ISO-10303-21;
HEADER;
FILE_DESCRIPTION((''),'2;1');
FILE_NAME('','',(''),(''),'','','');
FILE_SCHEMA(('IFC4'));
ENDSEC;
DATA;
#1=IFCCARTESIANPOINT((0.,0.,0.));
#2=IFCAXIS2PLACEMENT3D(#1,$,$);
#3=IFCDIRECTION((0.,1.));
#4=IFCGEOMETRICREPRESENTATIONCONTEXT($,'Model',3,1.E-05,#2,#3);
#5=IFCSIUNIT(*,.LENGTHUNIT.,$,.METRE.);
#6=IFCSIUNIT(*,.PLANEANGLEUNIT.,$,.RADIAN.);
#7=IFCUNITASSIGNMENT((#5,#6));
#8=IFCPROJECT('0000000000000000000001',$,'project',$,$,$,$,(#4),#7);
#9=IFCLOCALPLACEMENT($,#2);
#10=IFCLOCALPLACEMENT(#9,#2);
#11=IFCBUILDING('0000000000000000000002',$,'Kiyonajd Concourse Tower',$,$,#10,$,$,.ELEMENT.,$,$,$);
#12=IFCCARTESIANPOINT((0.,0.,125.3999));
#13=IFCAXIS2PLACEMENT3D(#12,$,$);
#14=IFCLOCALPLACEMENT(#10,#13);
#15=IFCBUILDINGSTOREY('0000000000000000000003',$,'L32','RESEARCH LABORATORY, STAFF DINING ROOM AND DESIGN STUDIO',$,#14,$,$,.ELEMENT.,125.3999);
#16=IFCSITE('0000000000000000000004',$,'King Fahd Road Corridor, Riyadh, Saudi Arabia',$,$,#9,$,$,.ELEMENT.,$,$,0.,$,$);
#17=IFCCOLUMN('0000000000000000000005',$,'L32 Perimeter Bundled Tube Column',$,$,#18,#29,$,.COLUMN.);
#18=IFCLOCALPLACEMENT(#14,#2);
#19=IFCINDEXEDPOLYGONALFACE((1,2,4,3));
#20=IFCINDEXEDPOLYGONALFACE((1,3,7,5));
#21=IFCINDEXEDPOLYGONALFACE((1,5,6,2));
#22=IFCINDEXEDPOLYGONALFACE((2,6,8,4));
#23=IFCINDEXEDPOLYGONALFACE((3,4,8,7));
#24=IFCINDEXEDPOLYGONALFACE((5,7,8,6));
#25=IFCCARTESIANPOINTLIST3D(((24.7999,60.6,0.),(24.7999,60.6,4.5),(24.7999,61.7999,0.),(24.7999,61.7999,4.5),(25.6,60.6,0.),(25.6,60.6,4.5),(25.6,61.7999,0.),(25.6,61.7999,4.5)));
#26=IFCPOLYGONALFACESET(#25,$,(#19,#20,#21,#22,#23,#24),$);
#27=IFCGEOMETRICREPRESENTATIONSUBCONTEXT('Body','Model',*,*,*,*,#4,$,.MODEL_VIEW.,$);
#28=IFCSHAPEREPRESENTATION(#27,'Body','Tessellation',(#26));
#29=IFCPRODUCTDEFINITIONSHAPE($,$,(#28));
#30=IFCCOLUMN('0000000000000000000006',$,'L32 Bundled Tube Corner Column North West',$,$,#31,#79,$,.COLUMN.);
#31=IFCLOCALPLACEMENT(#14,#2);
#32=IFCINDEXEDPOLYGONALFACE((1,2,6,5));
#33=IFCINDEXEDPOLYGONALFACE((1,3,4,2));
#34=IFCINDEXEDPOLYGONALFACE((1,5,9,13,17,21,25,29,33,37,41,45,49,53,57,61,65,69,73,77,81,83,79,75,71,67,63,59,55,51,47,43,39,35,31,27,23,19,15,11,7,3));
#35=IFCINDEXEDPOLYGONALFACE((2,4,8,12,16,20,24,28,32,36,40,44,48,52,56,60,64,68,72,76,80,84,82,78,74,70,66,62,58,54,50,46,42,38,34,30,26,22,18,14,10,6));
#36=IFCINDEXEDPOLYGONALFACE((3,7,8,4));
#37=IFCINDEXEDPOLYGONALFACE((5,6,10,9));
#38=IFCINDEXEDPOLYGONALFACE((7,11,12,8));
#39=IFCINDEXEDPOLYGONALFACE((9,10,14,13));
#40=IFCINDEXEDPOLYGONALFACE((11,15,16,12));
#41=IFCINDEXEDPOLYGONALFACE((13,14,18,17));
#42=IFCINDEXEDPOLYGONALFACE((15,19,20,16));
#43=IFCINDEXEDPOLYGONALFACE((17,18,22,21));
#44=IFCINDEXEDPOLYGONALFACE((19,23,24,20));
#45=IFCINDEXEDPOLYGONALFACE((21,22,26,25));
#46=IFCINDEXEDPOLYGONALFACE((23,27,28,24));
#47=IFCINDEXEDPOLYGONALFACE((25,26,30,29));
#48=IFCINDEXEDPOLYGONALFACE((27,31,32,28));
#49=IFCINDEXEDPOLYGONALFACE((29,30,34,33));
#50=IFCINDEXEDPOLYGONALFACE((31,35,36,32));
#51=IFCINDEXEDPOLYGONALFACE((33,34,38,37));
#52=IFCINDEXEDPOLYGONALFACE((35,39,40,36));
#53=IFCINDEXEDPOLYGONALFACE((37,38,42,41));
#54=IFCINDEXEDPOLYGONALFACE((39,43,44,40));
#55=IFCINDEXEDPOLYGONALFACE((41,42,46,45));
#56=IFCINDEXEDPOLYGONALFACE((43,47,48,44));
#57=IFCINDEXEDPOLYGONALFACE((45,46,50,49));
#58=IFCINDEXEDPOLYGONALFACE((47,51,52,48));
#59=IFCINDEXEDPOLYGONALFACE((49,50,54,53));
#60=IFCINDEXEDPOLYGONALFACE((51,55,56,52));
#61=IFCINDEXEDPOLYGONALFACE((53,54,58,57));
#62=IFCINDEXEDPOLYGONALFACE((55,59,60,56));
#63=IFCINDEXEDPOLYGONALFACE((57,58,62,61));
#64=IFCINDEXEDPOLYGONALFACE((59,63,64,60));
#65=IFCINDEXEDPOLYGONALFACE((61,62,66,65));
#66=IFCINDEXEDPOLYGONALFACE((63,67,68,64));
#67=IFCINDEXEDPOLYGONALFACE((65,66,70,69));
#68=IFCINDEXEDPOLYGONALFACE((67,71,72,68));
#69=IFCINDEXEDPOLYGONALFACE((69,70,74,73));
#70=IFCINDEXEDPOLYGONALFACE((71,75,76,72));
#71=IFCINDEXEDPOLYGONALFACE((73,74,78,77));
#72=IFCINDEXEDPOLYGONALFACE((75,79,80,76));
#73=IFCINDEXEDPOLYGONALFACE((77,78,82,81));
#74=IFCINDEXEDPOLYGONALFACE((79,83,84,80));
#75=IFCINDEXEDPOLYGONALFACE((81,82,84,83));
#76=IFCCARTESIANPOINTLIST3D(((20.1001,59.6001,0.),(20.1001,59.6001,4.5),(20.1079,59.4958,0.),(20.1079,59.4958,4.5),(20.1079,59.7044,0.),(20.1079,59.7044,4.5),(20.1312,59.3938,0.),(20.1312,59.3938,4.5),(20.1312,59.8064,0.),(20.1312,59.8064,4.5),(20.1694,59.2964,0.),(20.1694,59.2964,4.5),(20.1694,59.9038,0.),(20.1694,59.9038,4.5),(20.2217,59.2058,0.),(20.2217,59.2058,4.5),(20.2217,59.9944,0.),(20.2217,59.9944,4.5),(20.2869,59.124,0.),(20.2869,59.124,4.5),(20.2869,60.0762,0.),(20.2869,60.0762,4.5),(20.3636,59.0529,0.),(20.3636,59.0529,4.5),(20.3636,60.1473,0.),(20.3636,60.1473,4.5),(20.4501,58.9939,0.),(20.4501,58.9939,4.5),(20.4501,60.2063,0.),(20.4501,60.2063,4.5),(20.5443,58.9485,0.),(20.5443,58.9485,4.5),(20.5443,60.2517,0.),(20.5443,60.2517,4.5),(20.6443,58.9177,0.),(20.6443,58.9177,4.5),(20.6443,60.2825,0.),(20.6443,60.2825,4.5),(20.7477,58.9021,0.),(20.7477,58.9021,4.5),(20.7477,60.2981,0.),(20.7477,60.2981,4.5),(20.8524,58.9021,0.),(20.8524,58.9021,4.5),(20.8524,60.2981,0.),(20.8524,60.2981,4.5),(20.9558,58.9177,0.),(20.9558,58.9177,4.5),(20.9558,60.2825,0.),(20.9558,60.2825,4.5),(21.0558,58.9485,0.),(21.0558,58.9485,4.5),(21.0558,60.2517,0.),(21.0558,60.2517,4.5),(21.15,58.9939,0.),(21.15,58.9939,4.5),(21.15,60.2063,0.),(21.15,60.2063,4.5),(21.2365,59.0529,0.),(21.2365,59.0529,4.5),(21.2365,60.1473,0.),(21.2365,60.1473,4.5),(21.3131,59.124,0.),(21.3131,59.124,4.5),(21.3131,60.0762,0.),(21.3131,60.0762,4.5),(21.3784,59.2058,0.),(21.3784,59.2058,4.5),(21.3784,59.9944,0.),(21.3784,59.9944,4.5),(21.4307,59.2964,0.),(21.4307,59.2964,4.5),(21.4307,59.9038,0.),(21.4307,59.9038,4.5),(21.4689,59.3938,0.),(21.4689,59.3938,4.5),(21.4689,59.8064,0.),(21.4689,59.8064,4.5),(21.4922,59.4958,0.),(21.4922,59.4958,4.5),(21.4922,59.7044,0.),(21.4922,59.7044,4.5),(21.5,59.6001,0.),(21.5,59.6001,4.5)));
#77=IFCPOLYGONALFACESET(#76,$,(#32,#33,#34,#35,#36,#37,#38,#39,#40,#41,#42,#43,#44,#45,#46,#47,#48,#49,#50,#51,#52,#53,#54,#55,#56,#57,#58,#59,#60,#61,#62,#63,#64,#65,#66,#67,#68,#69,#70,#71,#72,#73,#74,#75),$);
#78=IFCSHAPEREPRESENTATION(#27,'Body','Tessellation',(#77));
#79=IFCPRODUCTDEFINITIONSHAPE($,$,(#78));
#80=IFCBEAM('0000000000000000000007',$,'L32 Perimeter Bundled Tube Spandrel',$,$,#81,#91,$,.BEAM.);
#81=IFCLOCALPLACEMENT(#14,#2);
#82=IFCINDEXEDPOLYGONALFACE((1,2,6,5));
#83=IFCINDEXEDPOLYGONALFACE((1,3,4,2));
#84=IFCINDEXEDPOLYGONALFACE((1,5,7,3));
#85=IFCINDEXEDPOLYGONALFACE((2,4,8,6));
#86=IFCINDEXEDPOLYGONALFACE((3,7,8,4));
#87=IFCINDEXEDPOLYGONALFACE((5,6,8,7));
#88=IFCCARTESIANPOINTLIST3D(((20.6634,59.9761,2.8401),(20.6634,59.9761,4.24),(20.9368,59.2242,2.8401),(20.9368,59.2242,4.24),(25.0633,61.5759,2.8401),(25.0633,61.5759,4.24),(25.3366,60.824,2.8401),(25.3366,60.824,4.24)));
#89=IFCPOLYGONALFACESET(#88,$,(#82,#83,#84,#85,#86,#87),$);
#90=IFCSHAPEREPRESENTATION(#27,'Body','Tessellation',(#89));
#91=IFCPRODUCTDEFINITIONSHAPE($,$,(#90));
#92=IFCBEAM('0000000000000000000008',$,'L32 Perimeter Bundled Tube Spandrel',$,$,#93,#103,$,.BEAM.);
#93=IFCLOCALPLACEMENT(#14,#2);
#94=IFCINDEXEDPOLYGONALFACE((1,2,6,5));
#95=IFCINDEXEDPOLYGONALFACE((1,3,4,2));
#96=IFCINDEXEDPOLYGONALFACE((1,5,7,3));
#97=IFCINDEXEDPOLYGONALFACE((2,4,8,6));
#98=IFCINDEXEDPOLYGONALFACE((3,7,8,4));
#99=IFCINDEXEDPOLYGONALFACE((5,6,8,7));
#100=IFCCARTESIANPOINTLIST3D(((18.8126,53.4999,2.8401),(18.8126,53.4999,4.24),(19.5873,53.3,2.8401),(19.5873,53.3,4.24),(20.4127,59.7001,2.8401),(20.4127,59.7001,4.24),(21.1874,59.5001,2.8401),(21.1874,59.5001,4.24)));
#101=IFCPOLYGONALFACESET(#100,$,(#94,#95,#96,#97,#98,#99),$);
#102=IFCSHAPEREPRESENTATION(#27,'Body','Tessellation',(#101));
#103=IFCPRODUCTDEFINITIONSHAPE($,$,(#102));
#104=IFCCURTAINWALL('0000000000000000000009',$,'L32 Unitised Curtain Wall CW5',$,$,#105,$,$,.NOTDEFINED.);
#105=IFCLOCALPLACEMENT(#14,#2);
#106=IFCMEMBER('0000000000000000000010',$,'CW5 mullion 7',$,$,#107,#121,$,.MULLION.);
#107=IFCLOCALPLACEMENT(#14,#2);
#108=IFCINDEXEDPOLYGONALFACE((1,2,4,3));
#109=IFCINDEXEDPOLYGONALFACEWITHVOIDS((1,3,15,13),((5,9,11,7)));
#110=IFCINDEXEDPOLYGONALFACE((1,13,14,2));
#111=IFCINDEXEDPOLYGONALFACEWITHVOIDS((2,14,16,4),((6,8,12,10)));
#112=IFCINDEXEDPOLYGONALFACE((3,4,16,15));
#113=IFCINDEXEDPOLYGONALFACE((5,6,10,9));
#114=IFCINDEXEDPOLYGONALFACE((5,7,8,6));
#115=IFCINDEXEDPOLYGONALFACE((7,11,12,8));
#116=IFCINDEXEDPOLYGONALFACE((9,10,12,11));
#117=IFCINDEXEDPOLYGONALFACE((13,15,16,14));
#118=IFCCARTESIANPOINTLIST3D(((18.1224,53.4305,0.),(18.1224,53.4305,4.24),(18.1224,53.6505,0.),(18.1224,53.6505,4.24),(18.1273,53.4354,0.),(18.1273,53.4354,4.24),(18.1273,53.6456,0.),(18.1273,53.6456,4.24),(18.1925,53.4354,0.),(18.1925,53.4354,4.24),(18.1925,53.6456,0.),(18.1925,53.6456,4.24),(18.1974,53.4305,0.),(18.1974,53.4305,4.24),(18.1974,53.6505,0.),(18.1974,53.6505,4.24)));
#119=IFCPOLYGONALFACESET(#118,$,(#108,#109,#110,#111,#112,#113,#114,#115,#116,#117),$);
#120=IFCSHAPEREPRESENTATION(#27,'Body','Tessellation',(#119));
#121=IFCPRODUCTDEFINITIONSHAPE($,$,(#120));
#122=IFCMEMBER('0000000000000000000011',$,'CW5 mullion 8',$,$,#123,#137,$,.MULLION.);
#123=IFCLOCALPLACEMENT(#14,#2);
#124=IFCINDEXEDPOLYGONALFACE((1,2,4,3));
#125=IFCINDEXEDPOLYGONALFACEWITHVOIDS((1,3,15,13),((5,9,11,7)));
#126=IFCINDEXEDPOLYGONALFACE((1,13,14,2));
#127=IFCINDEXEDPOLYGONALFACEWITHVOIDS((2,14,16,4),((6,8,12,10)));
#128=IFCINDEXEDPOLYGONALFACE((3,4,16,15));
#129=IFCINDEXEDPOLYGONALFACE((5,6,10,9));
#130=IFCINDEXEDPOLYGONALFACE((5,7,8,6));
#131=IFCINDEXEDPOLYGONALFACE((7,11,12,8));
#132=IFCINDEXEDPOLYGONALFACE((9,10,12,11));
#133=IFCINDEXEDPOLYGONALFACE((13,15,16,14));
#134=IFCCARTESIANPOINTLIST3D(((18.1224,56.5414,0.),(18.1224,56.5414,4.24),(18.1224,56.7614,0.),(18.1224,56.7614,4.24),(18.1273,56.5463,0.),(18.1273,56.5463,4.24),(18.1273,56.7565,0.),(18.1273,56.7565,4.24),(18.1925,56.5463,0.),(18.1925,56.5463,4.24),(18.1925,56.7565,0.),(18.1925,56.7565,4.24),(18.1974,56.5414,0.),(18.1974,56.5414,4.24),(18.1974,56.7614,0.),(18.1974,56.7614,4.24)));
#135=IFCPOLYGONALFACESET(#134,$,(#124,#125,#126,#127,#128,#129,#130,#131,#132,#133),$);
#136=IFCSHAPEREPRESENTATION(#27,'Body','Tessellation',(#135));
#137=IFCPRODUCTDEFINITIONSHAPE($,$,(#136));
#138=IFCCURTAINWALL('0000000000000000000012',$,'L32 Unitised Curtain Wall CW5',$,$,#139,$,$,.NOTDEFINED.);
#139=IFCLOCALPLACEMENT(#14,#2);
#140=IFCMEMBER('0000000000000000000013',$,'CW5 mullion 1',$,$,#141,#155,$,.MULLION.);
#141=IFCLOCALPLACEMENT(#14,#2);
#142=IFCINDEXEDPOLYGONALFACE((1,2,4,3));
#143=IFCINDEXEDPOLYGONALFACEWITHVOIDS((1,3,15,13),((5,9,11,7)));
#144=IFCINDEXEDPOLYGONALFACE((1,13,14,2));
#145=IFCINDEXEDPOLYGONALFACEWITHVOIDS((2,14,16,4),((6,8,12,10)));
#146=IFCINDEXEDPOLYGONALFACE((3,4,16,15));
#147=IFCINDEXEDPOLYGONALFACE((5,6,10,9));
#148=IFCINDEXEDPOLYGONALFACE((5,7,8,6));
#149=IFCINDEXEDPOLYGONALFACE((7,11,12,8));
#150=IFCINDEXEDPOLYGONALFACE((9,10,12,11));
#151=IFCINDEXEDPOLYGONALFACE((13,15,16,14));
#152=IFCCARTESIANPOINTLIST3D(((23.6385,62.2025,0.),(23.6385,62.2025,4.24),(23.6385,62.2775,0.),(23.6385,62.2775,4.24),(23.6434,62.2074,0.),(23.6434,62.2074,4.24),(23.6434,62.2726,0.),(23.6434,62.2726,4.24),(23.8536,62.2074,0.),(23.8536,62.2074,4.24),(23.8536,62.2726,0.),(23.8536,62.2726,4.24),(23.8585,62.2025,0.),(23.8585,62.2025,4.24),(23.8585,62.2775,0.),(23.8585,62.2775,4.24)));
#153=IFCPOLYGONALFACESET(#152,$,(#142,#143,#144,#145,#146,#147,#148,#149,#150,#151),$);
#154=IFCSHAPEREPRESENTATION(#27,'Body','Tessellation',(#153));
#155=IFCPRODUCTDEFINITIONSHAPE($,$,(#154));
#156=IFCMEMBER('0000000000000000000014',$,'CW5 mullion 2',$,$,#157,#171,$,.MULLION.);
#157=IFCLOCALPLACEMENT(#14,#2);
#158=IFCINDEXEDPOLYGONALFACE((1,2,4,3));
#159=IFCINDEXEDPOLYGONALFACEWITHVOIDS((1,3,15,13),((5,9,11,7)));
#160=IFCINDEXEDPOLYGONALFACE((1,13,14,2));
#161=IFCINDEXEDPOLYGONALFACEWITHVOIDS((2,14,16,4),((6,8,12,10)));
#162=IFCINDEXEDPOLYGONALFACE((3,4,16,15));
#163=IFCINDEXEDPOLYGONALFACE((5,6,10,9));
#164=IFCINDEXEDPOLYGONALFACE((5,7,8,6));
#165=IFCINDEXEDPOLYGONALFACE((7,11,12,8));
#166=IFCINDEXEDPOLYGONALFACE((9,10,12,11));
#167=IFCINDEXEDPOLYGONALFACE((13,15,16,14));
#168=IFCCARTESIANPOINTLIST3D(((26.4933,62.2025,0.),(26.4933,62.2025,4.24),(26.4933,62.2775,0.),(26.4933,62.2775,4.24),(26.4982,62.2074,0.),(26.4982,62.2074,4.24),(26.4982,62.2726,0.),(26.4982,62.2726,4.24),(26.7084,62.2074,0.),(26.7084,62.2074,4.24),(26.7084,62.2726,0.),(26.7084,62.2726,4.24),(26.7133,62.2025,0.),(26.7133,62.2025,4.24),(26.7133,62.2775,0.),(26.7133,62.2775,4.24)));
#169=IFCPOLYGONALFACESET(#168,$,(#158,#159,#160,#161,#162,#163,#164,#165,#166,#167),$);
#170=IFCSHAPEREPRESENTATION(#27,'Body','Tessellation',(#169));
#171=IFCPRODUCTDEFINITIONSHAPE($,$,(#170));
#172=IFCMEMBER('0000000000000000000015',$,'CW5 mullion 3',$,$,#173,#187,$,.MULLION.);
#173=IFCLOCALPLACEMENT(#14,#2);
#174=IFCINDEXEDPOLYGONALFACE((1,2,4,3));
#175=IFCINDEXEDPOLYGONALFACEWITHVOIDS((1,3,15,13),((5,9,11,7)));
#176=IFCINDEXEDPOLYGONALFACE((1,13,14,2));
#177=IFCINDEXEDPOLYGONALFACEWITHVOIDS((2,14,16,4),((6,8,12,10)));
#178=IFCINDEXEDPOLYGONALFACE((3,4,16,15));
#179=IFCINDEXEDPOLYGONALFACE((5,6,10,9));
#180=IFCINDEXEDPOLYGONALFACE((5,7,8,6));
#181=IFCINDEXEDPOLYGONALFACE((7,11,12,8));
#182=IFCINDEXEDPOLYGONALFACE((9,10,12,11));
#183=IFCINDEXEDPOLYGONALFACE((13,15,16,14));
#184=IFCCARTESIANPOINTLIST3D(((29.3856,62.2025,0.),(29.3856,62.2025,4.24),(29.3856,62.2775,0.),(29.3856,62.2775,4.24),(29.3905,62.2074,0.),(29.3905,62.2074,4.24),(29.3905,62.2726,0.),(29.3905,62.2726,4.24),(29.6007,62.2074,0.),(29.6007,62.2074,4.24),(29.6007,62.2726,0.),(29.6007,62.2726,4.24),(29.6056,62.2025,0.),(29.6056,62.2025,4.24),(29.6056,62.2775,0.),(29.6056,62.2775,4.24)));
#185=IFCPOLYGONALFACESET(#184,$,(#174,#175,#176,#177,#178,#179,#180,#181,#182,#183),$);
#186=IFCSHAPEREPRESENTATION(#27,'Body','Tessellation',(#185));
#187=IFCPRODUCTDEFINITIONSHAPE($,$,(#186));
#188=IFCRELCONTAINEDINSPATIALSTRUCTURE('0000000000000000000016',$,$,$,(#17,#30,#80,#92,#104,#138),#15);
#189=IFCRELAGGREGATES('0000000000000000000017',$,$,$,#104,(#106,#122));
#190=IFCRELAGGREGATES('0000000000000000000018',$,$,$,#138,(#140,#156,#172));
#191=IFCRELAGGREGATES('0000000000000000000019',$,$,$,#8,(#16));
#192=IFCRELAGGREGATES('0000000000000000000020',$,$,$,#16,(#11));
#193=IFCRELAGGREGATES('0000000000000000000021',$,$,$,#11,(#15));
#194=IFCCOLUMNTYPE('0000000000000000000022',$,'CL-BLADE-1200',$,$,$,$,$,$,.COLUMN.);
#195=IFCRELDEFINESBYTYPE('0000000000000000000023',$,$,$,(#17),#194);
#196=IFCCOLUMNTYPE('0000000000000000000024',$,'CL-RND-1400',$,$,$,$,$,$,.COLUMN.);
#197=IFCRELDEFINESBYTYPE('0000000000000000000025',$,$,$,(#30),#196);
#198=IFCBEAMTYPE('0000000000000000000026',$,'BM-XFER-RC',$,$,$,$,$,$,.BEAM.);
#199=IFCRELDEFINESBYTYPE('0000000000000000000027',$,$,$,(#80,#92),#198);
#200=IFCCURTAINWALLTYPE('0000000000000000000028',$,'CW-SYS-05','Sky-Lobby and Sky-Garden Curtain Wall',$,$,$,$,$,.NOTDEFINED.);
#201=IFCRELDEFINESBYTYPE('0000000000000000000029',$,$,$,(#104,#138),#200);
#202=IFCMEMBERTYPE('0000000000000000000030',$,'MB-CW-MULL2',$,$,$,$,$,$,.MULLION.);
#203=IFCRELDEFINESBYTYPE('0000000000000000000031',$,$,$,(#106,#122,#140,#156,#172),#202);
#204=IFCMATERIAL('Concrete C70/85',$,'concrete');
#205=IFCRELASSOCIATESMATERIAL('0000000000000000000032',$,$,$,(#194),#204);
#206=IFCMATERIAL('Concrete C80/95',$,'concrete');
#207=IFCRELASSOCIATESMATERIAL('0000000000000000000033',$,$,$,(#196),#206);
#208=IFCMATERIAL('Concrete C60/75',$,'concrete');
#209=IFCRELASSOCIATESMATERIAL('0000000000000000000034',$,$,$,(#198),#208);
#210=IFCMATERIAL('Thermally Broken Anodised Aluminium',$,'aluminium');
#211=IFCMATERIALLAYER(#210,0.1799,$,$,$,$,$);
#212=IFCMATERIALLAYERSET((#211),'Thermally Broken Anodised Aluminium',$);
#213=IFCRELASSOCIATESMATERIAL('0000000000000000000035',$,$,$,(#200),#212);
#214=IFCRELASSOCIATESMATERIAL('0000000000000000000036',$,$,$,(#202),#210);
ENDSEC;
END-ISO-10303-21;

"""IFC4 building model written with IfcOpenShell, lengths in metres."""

from ifc_helpers import new_model, si_unit, direction, frame, origin, origin_2d, place, context, subcontext, project, spatial, rectangle, hollow_rectangle, circle, extrude, material, layer, layer_set, material_profile, profile_set, type_object, element, aggregate, save


model = new_model("IFC4")

# Units and contexts
model_context = context("Model", 3, precision=1e-05, world=origin(), true_north=direction((0.0, 1.0)))
body_context = subcontext(model_context, "Body", "Model", "MODEL_VIEW")
ifc_project = project(units=[si_unit("LENGTHUNIT", "METRE"), si_unit("PLANEANGLEUNIT", "RADIAN")], contexts=[model_context])

# Site, building, storey
site_placement = place(None, origin())
site = spatial("IfcSite", under=ifc_project, at=site_placement, Name="King Fahd Road Corridor, Riyadh, Saudi Arabia", CompositionType="ELEMENT", RefElevation=0.0)
building_placement = place(site_placement, origin())
building = spatial("IfcBuilding", under=site, at=building_placement, Name="Kiyonajd Concourse Tower", CompositionType="ELEMENT")
storey_placement = place(building_placement, frame((0.0, 0.0, 125.3999)))
storey = spatial("IfcBuildingStorey", under=building, at=storey_placement, Name="L32", Description="RESEARCH LABORATORY, STAFF DINING ROOM AND DESIGN STUDIO", CompositionType="ELEMENT", Elevation=125.3999)

# Columns
ifc_material_1 = material(Name="Concrete C70/85", Category="concrete")
ifc_material_profile_1 = material_profile(ifc_material_1, rectangle(XDim=0.8, YDim=1.2, at=origin_2d()), Name="RC-1200x800")
ifc_profile_set_1 = profile_set([ifc_material_profile_1], Name="Concrete C70/85")
column_type_1 = type_object("IfcColumnType", Name="CL-BLADE-1200", PredefinedType="COLUMN", material=ifc_profile_set_1)
column_1_placement = place(storey_placement, frame((25.2, 61.2, 0.0), z_axis=(0.0, 0.0, 1.0), x_axis=(1.0, 0.0, 0.0)))
element("IfcColumn", 1, at=column_1_placement, inside=storey, type_object=column_type_1, Name="L32 Perimeter Bundled Tube Column", PredefinedType="COLUMN", context=body_context, shape_type="SweptSolid", body=[
    extrude(rectangle(XDim=0.8, YDim=1.2, at=origin_2d()), origin(), (0.0, 0.0, 1.0), 4.5),
])
ifc_material_2 = material(Name="Concrete C80/95", Category="concrete")
ifc_material_profile_2 = material_profile(ifc_material_2, circle(Radius=0.7, at=origin_2d()), Name="RCC-D1400")
ifc_profile_set_2 = profile_set([ifc_material_profile_2], Name="Concrete C80/95")
column_type_2 = type_object("IfcColumnType", Name="CL-RND-1400", PredefinedType="COLUMN", material=ifc_profile_set_2)
column_2_placement = place(storey_placement, frame((20.8, 59.6001, 0.0), z_axis=(0.0, 0.0, 1.0), x_axis=(1.0, 0.0, 0.0)))
element("IfcColumn", 2, at=column_2_placement, inside=storey, type_object=column_type_2, Name="L32 Bundled Tube Corner Column North West", PredefinedType="COLUMN", context=body_context, shape_type="SweptSolid", body=[
    extrude(circle(Radius=0.7, at=origin_2d()), origin(), (0.0, 0.0, 1.0), 4.5),
])

# Beams
ifc_material_3 = material(Name="Concrete C60/75", Category="concrete")
ifc_material_profile_3 = material_profile(ifc_material_3, rectangle(XDim=0.8, YDim=1.3999, at=origin_2d()), Name="RCBM-800x1400")
ifc_profile_set_3 = profile_set([ifc_material_profile_3], Name="Concrete C60/75")
beam_type = type_object("IfcBeamType", Name="BM-XFER-RC", PredefinedType="BEAM", material=ifc_profile_set_3)
beam_1_placement = place(storey_placement, frame((25.2, 61.2, 3.54), z_axis=(-0.939801, -0.341722, 0.0), x_axis=(0.341722, -0.939801, 0.0)))
element("IfcBeam", 3, at=beam_1_placement, inside=storey, type_object=beam_type, Name="L32 Perimeter Bundled Tube Spandrel", PredefinedType="BEAM", context=body_context, shape_type="SweptSolid", body=[
    extrude(rectangle(XDim=0.8, YDim=1.3999, at=origin_2d()), origin(), (0.0, 0.0, 1.0), 4.6816),
])
beam_2_placement = place(storey_placement, frame((20.8, 59.6001, 3.54), z_axis=(-0.249885, -0.968276, 0.0), x_axis=(0.968276, -0.249885, 0.0)))
element("IfcBeam", 4, at=beam_2_placement, inside=storey, type_object=beam_type, Name="L32 Perimeter Bundled Tube Spandrel", PredefinedType="BEAM", context=body_context, shape_type="SweptSolid", body=[
    extrude(rectangle(XDim=0.8, YDim=1.3999, at=origin_2d()), origin(), (0.0, 0.0, 1.0), 6.4033),
])

# Curtain walls, members
ifc_material_4 = material(Name="Thermally Broken Anodised Aluminium", Category="aluminium")
ifc_layer_1 = layer(ifc_material_4, 0.1799)
ifc_layer_set_1 = layer_set([ifc_layer_1], Name="Thermally Broken Anodised Aluminium")
curtain_wall_type = type_object("IfcCurtainWallType", Name="CW-SYS-05", Description="Sky-Lobby and Sky-Garden Curtain Wall", PredefinedType="NOTDEFINED", material=ifc_layer_set_1)
curtain_wall_1_placement = place(storey_placement, origin())
curtain_wall_1 = element("IfcCurtainWall", 5, at=curtain_wall_1_placement, inside=storey, type_object=curtain_wall_type, Name="L32 Unitised Curtain Wall CW5", PredefinedType="NOTDEFINED")
ifc_material_profile_4 = material_profile(ifc_material_4, hollow_rectangle(XDim=0.075, YDim=0.22, WallThickness=0.0049, at=origin_2d()), Name="MULL-75x220")
ifc_profile_set_4 = profile_set([ifc_material_profile_4], Name="Thermally Broken Anodised Aluminium")
member_type_1 = type_object("IfcMemberType", Name="MB-CW-MULL2", PredefinedType="MULLION", material=ifc_profile_set_4)
member_1_placement = place(storey_placement, frame((18.1599, 53.5405, 0.0), z_axis=(0.0, 0.0, 1.0), x_axis=(-1.0, 0.0, 0.0)))
member_1 = element("IfcMember", 6, at=member_1_placement, type_object=member_type_1, Name="CW5 mullion 7", PredefinedType="MULLION", context=body_context, shape_type="SweptSolid", body=[
    extrude(hollow_rectangle(XDim=0.075, YDim=0.22, WallThickness=0.0049, at=origin_2d()), origin(), (0.0, 0.0, 1.0), 4.24),
])
member_2_placement = place(storey_placement, frame((18.1599, 56.6514, 0.0), z_axis=(0.0, 0.0, 1.0), x_axis=(-1.0, 0.0, 0.0)))
member_2 = element("IfcMember", 7, at=member_2_placement, type_object=member_type_1, Name="CW5 mullion 8", PredefinedType="MULLION", context=body_context, shape_type="SweptSolid", body=[
    extrude(hollow_rectangle(XDim=0.075, YDim=0.22, WallThickness=0.0049, at=origin_2d()), origin(), (0.0, 0.0, 1.0), 4.24),
])
curtain_wall_2_placement = place(storey_placement, origin())
curtain_wall_2 = element("IfcCurtainWall", 8, at=curtain_wall_2_placement, inside=storey, type_object=curtain_wall_type, Name="L32 Unitised Curtain Wall CW5", PredefinedType="NOTDEFINED")
member_3_placement = place(storey_placement, frame((23.7485, 62.24, 0.0), z_axis=(0.0, 0.0, 1.0), x_axis=(0.0, 1.0, 0.0)))
member_3 = element("IfcMember", 9, at=member_3_placement, type_object=member_type_1, Name="CW5 mullion 1", PredefinedType="MULLION", context=body_context, shape_type="SweptSolid", body=[
    extrude(hollow_rectangle(XDim=0.075, YDim=0.22, WallThickness=0.0049, at=origin_2d()), origin(), (0.0, 0.0, 1.0), 4.24),
])
member_4_placement = place(storey_placement, frame((26.6033, 62.24, 0.0), z_axis=(0.0, 0.0, 1.0), x_axis=(0.0, 1.0, 0.0)))
member_4 = element("IfcMember", 10, at=member_4_placement, type_object=member_type_1, Name="CW5 mullion 2", PredefinedType="MULLION", context=body_context, shape_type="SweptSolid", body=[
    extrude(hollow_rectangle(XDim=0.075, YDim=0.22, WallThickness=0.0049, at=origin_2d()), origin(), (0.0, 0.0, 1.0), 4.24),
])
member_5_placement = place(storey_placement, frame((29.4956, 62.24, 0.0), z_axis=(0.0, 0.0, 1.0), x_axis=(0.0, 1.0, 0.0)))
member_5 = element("IfcMember", 11, at=member_5_placement, type_object=member_type_1, Name="CW5 mullion 3", PredefinedType="MULLION", context=body_context, shape_type="SweptSolid", body=[
    extrude(hollow_rectangle(XDim=0.075, YDim=0.22, WallThickness=0.0049, at=origin_2d()), origin(), (0.0, 0.0, 1.0), 4.24),
])

aggregate(curtain_wall_1, [member_1, member_2])
aggregate(curtain_wall_2, [member_3, member_4, member_5])

save(model, "model.ifc")
